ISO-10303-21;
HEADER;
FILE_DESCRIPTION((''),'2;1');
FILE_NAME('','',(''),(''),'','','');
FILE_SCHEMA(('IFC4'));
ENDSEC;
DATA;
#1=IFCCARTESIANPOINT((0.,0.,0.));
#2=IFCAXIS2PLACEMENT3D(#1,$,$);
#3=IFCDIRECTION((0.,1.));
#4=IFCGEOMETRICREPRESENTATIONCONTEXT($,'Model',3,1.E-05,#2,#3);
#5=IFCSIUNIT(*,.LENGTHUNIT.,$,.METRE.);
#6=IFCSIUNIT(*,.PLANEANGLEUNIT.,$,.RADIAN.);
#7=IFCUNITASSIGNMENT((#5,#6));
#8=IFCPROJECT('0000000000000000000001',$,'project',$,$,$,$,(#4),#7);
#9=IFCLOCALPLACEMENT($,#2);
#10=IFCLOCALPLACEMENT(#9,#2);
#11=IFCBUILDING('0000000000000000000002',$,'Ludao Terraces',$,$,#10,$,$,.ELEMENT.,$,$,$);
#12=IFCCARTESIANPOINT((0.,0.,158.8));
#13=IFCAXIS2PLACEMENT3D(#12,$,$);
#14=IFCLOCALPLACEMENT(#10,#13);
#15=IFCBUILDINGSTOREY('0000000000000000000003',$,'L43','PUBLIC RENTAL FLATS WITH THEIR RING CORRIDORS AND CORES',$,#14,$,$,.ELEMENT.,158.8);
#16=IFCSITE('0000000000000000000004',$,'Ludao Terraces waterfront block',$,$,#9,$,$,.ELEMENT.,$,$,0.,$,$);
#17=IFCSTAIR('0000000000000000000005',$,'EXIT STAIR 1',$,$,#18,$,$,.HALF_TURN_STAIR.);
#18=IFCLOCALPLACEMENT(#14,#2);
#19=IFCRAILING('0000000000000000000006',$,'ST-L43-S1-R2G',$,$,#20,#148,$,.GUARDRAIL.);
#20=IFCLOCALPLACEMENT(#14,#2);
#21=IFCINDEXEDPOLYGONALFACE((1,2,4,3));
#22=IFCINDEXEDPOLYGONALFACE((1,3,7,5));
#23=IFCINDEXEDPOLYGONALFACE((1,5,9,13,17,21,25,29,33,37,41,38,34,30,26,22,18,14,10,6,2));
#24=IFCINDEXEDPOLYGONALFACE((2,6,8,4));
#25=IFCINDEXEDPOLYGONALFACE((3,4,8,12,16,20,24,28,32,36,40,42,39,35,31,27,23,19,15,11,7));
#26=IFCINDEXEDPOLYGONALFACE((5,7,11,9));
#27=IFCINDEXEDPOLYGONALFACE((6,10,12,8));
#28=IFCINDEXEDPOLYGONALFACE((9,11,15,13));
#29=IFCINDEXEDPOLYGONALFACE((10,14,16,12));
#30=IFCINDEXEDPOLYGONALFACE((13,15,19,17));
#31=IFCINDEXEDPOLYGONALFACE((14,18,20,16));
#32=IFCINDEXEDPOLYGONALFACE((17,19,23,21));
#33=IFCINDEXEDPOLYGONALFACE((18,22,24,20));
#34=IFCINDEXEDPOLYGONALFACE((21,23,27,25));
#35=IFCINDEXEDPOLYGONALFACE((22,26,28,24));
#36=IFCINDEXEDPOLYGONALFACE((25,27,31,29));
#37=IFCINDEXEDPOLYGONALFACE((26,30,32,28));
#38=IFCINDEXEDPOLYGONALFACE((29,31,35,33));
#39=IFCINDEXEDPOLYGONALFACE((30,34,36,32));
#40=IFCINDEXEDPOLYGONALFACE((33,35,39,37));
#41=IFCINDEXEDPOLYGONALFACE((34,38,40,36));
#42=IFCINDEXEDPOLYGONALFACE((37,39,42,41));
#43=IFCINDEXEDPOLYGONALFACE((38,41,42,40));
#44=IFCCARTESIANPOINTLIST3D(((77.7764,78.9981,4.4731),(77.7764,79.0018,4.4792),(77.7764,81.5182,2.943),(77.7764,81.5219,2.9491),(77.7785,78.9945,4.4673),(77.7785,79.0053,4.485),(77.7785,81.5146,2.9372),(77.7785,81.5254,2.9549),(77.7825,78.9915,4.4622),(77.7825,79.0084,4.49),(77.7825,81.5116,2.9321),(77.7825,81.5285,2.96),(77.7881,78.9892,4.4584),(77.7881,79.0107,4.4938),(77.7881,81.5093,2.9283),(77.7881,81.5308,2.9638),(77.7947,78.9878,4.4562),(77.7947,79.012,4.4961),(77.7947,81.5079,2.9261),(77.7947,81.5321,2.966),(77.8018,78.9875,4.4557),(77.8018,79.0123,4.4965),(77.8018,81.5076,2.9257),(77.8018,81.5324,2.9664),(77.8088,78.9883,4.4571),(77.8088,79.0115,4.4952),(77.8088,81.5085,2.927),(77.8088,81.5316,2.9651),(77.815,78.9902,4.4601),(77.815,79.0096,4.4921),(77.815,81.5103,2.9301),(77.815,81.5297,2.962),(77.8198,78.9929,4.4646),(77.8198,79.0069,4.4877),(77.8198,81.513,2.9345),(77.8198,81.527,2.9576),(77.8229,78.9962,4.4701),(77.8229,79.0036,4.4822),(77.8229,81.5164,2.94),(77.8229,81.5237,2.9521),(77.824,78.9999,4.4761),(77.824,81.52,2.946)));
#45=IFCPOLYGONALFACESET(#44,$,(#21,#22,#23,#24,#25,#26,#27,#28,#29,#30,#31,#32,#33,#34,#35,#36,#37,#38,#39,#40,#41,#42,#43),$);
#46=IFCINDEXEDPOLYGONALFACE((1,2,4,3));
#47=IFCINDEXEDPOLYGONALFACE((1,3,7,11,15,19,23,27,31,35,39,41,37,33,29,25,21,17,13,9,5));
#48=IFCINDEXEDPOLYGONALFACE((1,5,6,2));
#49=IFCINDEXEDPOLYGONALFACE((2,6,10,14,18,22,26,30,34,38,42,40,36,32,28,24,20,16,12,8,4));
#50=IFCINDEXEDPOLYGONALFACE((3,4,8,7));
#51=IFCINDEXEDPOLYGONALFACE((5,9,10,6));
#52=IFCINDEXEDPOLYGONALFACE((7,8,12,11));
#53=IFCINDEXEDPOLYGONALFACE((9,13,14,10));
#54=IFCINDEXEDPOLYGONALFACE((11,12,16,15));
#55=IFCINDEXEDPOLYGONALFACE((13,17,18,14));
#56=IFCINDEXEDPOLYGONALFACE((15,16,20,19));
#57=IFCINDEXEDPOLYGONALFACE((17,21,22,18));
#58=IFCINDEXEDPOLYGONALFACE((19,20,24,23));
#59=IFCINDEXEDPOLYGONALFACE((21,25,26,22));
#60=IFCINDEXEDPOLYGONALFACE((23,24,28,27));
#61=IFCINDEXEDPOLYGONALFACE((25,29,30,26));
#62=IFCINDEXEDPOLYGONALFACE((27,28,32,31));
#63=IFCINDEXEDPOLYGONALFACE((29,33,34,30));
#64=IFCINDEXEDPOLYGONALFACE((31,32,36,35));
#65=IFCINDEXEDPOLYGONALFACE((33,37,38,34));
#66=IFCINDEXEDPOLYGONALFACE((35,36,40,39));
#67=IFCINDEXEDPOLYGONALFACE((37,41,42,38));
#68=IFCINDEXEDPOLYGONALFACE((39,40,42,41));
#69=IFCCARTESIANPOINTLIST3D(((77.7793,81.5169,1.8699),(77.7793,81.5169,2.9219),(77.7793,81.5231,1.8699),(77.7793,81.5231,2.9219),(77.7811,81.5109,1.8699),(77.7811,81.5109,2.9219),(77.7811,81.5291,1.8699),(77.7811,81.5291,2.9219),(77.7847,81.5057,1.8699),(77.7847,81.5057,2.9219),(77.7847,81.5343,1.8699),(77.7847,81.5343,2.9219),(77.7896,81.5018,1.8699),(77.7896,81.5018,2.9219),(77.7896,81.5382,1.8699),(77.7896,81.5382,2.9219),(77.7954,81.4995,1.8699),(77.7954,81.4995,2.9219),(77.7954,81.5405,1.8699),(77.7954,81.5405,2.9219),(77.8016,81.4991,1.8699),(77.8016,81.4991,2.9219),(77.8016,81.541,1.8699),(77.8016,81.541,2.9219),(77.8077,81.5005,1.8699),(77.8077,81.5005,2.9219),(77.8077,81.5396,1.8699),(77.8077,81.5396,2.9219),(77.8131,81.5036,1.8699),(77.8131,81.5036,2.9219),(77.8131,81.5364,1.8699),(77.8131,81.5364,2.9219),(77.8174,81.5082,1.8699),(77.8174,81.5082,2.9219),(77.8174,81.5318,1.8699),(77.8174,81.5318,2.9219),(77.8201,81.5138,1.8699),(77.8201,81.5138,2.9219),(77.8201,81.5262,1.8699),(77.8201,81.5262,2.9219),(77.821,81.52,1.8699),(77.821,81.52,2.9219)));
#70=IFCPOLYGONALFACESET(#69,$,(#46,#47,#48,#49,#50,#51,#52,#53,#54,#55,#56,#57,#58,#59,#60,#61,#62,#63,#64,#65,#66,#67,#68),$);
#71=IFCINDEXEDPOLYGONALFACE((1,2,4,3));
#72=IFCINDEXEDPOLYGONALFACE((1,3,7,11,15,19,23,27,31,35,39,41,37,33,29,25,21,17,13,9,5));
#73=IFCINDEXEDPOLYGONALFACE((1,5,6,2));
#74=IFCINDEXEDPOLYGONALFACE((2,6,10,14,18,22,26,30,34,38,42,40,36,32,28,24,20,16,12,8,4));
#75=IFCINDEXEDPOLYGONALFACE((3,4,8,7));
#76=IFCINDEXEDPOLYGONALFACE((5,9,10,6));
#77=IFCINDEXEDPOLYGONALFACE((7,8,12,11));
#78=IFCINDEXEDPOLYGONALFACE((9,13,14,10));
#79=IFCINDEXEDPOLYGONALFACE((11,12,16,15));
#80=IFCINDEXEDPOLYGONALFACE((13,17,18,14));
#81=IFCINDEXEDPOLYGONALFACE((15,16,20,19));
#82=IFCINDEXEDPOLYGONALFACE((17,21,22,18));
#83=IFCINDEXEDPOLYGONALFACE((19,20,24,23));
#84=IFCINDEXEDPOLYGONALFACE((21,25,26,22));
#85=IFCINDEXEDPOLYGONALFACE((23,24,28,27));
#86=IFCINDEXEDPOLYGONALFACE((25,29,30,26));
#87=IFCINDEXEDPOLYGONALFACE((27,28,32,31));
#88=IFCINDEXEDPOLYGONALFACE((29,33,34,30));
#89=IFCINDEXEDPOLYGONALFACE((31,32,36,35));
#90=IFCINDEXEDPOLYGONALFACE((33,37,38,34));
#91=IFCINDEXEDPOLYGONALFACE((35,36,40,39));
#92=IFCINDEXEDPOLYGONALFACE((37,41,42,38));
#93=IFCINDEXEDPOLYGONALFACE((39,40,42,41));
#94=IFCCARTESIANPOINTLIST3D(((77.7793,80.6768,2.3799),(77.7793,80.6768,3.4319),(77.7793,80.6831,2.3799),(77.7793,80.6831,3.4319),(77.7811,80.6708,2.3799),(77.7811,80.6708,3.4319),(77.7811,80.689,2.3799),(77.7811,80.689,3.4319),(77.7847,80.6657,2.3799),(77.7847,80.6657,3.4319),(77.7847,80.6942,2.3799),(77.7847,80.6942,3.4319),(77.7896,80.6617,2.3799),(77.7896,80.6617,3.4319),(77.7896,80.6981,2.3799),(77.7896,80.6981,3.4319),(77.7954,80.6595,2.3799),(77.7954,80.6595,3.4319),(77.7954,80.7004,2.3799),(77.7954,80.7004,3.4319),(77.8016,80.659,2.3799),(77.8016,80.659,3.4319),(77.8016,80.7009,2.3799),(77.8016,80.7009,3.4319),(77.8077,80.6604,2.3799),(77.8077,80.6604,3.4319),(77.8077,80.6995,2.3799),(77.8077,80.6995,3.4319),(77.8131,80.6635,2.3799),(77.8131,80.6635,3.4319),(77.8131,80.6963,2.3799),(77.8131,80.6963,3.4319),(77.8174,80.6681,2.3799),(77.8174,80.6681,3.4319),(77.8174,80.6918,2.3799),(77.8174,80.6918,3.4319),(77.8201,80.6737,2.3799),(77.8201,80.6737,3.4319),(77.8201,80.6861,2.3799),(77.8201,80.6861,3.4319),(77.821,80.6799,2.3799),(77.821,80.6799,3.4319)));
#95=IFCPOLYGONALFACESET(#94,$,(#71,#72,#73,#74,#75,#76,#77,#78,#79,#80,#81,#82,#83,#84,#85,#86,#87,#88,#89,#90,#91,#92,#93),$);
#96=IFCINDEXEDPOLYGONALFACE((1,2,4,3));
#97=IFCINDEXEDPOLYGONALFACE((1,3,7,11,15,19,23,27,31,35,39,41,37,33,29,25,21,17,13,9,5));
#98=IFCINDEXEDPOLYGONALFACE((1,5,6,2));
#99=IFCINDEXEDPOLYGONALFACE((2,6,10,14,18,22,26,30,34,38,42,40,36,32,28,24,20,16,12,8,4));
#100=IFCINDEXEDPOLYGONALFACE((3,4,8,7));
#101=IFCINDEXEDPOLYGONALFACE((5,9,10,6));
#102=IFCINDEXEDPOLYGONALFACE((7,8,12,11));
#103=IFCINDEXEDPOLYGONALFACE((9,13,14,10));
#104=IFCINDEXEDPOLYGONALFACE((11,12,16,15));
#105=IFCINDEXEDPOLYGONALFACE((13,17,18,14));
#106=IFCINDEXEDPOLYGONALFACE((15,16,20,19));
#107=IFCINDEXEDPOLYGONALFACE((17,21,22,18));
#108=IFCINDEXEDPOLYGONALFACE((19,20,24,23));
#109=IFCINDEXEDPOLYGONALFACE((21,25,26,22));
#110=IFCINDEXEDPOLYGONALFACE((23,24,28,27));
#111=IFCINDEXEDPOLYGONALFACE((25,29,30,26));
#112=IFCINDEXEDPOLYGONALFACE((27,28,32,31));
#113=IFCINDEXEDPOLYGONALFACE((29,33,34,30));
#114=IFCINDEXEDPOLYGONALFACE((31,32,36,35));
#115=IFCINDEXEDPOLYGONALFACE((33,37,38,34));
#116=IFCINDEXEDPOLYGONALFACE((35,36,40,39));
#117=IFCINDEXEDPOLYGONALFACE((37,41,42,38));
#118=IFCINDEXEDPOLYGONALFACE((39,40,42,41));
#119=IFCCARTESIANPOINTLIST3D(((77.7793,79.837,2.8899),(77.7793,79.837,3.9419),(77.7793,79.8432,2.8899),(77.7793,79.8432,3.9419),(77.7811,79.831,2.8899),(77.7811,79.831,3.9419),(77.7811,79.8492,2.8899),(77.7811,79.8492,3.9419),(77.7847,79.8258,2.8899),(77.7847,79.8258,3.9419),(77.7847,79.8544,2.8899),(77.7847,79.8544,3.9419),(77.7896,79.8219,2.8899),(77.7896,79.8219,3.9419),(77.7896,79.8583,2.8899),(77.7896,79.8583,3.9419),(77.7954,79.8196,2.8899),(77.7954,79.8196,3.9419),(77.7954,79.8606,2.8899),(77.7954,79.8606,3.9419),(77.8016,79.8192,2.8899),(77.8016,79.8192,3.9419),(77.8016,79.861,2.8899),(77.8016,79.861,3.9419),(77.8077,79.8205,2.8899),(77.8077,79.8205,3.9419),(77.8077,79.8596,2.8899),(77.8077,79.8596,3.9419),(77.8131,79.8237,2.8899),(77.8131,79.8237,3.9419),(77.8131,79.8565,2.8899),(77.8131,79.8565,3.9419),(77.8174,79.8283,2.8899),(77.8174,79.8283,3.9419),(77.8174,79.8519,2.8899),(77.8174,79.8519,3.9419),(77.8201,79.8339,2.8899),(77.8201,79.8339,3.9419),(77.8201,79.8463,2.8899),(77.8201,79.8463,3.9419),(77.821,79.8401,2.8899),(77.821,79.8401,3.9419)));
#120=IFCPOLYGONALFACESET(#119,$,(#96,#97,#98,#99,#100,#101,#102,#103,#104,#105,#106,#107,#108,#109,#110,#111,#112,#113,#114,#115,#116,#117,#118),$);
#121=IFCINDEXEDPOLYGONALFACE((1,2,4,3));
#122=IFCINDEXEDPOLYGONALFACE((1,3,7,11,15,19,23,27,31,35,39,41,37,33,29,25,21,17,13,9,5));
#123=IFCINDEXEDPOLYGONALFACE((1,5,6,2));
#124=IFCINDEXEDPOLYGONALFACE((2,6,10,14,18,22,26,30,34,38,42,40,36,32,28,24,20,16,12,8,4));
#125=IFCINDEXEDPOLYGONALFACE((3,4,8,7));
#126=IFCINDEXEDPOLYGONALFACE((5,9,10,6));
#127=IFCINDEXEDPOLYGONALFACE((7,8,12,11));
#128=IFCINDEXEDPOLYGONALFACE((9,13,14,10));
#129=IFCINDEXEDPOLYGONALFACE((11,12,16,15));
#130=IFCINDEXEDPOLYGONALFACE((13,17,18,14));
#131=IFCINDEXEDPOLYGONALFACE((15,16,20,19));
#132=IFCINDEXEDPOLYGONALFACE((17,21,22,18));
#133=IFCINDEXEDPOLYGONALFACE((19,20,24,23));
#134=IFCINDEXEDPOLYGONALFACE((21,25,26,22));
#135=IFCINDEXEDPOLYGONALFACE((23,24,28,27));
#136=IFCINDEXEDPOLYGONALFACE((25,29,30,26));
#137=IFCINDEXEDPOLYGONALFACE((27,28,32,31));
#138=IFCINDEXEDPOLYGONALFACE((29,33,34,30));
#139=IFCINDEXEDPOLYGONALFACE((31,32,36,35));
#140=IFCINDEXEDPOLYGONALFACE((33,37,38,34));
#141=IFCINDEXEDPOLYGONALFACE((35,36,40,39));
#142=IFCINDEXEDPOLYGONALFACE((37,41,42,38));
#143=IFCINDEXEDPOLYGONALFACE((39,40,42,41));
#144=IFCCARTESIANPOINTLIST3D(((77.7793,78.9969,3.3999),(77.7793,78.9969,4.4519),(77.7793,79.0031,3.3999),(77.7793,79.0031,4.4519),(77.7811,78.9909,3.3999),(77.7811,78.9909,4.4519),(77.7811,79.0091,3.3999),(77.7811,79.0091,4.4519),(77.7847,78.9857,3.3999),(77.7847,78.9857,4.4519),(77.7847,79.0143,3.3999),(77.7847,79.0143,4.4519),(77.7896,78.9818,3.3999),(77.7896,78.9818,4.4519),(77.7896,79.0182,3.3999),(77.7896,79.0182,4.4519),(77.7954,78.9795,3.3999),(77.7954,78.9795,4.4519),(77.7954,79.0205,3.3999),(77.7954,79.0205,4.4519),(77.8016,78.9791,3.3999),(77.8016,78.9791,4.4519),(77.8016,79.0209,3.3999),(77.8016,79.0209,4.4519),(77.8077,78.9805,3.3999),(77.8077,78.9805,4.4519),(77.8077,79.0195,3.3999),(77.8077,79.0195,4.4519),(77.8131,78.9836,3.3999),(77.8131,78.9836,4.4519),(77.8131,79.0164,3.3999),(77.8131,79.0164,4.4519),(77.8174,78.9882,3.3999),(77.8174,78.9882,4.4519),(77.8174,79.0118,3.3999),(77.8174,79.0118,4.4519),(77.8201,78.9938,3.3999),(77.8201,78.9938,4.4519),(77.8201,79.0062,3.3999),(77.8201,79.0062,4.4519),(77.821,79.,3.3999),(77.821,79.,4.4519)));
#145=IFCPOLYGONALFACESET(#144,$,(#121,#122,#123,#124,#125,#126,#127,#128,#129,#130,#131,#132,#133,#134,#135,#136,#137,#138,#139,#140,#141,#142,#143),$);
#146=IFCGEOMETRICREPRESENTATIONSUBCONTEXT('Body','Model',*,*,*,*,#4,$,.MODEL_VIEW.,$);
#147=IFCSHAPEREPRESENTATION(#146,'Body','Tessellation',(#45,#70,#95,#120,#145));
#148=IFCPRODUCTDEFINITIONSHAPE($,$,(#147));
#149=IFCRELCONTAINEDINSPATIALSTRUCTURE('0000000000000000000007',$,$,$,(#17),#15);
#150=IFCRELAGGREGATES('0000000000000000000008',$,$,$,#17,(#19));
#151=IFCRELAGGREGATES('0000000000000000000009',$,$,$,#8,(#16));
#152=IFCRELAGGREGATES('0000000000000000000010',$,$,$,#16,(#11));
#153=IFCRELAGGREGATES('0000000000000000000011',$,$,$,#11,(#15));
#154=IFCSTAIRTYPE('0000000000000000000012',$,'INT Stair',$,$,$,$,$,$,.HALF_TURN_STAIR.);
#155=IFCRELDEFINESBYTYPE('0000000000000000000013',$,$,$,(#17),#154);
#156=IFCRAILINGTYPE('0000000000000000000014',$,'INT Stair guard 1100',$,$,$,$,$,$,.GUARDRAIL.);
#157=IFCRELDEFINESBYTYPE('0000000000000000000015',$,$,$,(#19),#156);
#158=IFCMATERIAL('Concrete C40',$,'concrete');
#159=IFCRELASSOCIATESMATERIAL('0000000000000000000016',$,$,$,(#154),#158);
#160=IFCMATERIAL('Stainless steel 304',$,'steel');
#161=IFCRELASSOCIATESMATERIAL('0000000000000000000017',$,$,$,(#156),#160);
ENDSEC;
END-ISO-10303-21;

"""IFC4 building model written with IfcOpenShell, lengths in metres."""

from ifc_helpers import new_model, si_unit, direction, frame, origin, origin_2d, place, context, subcontext, project, spatial, circle, extrude, material, type_object, element, aggregate, save


model = new_model("IFC4")

# Units and contexts
model_context = context("Model", 3, precision=1e-05, world=origin(), true_north=direction((0.0, 1.0)))
body_context = subcontext(model_context, "Body", "Model", "MODEL_VIEW")
ifc_project = project(units=[si_unit("LENGTHUNIT", "METRE"), si_unit("PLANEANGLEUNIT", "RADIAN")], contexts=[model_context])

# Site, building, storey
site_placement = place(None, origin())
site = spatial("IfcSite", under=ifc_project, at=site_placement, Name="Ludao Terraces waterfront block", CompositionType="ELEMENT", RefElevation=0.0)
building_placement = place(site_placement, origin())
building = spatial("IfcBuilding", under=site, at=building_placement, Name="Ludao Terraces", CompositionType="ELEMENT")
storey_placement = place(building_placement, frame((0.0, 0.0, 158.8)))
storey = spatial("IfcBuildingStorey", under=building, at=storey_placement, Name="L43", Description="PUBLIC RENTAL FLATS WITH THEIR RING CORRIDORS AND CORES", CompositionType="ELEMENT", Elevation=158.8)

# Shared definitions
ifc_material_1 = material(Name="Stainless steel 304", Category="steel")

# Stair, railing
ifc_material_2 = material(Name="Concrete C40", Category="concrete")
stair_type = type_object("IfcStairType", Name="INT Stair", PredefinedType="HALF_TURN_STAIR", material=ifc_material_2)
stair_placement = place(storey_placement, origin())
stair = element("IfcStair", 1, at=stair_placement, inside=storey, type_object=stair_type, Name="EXIT STAIR 1", PredefinedType="HALF_TURN_STAIR")
railing_type_1 = type_object("IfcRailingType", Name="INT Stair guard 1100", PredefinedType="GUARDRAIL", material=ifc_material_1)
railing_1_placement = place(storey_placement, frame((77.8, 81.52, 1.8699)))
railing_1 = element("IfcRailing", 2, at=railing_1_placement, type_object=railing_type_1, Name="ST-L43-S1-R2G", PredefinedType="GUARDRAIL", context=body_context, shape_type="SweptSolid", body=[
    extrude(circle(Radius=0.0239, at=origin_2d()), frame((0.0, 0.0, 1.0762), z_axis=(0.0, -0.854785, 0.518982), x_axis=(1.0, 0.0, 0.0)), (0.0, 0.0, 1.0), 2.9482),
    extrude(circle(Radius=0.021, at=origin_2d()), origin(), (0.0, 0.0, 1.0), 1.052),
    extrude(circle(Radius=0.021, at=origin_2d()), frame((0.0, -0.8401, 0.51)), (0.0, 0.0, 1.0), 1.052),
    extrude(circle(Radius=0.021, at=origin_2d()), frame((0.0, -1.6799, 1.02)), (0.0, 0.0, 1.0), 1.052),
    extrude(circle(Radius=0.021, at=origin_2d()), frame((0.0, -2.52, 1.53)), (0.0, 0.0, 1.0), 1.052),
])
aggregate(stair, [railing_1])

save(model, "model.ifc")
